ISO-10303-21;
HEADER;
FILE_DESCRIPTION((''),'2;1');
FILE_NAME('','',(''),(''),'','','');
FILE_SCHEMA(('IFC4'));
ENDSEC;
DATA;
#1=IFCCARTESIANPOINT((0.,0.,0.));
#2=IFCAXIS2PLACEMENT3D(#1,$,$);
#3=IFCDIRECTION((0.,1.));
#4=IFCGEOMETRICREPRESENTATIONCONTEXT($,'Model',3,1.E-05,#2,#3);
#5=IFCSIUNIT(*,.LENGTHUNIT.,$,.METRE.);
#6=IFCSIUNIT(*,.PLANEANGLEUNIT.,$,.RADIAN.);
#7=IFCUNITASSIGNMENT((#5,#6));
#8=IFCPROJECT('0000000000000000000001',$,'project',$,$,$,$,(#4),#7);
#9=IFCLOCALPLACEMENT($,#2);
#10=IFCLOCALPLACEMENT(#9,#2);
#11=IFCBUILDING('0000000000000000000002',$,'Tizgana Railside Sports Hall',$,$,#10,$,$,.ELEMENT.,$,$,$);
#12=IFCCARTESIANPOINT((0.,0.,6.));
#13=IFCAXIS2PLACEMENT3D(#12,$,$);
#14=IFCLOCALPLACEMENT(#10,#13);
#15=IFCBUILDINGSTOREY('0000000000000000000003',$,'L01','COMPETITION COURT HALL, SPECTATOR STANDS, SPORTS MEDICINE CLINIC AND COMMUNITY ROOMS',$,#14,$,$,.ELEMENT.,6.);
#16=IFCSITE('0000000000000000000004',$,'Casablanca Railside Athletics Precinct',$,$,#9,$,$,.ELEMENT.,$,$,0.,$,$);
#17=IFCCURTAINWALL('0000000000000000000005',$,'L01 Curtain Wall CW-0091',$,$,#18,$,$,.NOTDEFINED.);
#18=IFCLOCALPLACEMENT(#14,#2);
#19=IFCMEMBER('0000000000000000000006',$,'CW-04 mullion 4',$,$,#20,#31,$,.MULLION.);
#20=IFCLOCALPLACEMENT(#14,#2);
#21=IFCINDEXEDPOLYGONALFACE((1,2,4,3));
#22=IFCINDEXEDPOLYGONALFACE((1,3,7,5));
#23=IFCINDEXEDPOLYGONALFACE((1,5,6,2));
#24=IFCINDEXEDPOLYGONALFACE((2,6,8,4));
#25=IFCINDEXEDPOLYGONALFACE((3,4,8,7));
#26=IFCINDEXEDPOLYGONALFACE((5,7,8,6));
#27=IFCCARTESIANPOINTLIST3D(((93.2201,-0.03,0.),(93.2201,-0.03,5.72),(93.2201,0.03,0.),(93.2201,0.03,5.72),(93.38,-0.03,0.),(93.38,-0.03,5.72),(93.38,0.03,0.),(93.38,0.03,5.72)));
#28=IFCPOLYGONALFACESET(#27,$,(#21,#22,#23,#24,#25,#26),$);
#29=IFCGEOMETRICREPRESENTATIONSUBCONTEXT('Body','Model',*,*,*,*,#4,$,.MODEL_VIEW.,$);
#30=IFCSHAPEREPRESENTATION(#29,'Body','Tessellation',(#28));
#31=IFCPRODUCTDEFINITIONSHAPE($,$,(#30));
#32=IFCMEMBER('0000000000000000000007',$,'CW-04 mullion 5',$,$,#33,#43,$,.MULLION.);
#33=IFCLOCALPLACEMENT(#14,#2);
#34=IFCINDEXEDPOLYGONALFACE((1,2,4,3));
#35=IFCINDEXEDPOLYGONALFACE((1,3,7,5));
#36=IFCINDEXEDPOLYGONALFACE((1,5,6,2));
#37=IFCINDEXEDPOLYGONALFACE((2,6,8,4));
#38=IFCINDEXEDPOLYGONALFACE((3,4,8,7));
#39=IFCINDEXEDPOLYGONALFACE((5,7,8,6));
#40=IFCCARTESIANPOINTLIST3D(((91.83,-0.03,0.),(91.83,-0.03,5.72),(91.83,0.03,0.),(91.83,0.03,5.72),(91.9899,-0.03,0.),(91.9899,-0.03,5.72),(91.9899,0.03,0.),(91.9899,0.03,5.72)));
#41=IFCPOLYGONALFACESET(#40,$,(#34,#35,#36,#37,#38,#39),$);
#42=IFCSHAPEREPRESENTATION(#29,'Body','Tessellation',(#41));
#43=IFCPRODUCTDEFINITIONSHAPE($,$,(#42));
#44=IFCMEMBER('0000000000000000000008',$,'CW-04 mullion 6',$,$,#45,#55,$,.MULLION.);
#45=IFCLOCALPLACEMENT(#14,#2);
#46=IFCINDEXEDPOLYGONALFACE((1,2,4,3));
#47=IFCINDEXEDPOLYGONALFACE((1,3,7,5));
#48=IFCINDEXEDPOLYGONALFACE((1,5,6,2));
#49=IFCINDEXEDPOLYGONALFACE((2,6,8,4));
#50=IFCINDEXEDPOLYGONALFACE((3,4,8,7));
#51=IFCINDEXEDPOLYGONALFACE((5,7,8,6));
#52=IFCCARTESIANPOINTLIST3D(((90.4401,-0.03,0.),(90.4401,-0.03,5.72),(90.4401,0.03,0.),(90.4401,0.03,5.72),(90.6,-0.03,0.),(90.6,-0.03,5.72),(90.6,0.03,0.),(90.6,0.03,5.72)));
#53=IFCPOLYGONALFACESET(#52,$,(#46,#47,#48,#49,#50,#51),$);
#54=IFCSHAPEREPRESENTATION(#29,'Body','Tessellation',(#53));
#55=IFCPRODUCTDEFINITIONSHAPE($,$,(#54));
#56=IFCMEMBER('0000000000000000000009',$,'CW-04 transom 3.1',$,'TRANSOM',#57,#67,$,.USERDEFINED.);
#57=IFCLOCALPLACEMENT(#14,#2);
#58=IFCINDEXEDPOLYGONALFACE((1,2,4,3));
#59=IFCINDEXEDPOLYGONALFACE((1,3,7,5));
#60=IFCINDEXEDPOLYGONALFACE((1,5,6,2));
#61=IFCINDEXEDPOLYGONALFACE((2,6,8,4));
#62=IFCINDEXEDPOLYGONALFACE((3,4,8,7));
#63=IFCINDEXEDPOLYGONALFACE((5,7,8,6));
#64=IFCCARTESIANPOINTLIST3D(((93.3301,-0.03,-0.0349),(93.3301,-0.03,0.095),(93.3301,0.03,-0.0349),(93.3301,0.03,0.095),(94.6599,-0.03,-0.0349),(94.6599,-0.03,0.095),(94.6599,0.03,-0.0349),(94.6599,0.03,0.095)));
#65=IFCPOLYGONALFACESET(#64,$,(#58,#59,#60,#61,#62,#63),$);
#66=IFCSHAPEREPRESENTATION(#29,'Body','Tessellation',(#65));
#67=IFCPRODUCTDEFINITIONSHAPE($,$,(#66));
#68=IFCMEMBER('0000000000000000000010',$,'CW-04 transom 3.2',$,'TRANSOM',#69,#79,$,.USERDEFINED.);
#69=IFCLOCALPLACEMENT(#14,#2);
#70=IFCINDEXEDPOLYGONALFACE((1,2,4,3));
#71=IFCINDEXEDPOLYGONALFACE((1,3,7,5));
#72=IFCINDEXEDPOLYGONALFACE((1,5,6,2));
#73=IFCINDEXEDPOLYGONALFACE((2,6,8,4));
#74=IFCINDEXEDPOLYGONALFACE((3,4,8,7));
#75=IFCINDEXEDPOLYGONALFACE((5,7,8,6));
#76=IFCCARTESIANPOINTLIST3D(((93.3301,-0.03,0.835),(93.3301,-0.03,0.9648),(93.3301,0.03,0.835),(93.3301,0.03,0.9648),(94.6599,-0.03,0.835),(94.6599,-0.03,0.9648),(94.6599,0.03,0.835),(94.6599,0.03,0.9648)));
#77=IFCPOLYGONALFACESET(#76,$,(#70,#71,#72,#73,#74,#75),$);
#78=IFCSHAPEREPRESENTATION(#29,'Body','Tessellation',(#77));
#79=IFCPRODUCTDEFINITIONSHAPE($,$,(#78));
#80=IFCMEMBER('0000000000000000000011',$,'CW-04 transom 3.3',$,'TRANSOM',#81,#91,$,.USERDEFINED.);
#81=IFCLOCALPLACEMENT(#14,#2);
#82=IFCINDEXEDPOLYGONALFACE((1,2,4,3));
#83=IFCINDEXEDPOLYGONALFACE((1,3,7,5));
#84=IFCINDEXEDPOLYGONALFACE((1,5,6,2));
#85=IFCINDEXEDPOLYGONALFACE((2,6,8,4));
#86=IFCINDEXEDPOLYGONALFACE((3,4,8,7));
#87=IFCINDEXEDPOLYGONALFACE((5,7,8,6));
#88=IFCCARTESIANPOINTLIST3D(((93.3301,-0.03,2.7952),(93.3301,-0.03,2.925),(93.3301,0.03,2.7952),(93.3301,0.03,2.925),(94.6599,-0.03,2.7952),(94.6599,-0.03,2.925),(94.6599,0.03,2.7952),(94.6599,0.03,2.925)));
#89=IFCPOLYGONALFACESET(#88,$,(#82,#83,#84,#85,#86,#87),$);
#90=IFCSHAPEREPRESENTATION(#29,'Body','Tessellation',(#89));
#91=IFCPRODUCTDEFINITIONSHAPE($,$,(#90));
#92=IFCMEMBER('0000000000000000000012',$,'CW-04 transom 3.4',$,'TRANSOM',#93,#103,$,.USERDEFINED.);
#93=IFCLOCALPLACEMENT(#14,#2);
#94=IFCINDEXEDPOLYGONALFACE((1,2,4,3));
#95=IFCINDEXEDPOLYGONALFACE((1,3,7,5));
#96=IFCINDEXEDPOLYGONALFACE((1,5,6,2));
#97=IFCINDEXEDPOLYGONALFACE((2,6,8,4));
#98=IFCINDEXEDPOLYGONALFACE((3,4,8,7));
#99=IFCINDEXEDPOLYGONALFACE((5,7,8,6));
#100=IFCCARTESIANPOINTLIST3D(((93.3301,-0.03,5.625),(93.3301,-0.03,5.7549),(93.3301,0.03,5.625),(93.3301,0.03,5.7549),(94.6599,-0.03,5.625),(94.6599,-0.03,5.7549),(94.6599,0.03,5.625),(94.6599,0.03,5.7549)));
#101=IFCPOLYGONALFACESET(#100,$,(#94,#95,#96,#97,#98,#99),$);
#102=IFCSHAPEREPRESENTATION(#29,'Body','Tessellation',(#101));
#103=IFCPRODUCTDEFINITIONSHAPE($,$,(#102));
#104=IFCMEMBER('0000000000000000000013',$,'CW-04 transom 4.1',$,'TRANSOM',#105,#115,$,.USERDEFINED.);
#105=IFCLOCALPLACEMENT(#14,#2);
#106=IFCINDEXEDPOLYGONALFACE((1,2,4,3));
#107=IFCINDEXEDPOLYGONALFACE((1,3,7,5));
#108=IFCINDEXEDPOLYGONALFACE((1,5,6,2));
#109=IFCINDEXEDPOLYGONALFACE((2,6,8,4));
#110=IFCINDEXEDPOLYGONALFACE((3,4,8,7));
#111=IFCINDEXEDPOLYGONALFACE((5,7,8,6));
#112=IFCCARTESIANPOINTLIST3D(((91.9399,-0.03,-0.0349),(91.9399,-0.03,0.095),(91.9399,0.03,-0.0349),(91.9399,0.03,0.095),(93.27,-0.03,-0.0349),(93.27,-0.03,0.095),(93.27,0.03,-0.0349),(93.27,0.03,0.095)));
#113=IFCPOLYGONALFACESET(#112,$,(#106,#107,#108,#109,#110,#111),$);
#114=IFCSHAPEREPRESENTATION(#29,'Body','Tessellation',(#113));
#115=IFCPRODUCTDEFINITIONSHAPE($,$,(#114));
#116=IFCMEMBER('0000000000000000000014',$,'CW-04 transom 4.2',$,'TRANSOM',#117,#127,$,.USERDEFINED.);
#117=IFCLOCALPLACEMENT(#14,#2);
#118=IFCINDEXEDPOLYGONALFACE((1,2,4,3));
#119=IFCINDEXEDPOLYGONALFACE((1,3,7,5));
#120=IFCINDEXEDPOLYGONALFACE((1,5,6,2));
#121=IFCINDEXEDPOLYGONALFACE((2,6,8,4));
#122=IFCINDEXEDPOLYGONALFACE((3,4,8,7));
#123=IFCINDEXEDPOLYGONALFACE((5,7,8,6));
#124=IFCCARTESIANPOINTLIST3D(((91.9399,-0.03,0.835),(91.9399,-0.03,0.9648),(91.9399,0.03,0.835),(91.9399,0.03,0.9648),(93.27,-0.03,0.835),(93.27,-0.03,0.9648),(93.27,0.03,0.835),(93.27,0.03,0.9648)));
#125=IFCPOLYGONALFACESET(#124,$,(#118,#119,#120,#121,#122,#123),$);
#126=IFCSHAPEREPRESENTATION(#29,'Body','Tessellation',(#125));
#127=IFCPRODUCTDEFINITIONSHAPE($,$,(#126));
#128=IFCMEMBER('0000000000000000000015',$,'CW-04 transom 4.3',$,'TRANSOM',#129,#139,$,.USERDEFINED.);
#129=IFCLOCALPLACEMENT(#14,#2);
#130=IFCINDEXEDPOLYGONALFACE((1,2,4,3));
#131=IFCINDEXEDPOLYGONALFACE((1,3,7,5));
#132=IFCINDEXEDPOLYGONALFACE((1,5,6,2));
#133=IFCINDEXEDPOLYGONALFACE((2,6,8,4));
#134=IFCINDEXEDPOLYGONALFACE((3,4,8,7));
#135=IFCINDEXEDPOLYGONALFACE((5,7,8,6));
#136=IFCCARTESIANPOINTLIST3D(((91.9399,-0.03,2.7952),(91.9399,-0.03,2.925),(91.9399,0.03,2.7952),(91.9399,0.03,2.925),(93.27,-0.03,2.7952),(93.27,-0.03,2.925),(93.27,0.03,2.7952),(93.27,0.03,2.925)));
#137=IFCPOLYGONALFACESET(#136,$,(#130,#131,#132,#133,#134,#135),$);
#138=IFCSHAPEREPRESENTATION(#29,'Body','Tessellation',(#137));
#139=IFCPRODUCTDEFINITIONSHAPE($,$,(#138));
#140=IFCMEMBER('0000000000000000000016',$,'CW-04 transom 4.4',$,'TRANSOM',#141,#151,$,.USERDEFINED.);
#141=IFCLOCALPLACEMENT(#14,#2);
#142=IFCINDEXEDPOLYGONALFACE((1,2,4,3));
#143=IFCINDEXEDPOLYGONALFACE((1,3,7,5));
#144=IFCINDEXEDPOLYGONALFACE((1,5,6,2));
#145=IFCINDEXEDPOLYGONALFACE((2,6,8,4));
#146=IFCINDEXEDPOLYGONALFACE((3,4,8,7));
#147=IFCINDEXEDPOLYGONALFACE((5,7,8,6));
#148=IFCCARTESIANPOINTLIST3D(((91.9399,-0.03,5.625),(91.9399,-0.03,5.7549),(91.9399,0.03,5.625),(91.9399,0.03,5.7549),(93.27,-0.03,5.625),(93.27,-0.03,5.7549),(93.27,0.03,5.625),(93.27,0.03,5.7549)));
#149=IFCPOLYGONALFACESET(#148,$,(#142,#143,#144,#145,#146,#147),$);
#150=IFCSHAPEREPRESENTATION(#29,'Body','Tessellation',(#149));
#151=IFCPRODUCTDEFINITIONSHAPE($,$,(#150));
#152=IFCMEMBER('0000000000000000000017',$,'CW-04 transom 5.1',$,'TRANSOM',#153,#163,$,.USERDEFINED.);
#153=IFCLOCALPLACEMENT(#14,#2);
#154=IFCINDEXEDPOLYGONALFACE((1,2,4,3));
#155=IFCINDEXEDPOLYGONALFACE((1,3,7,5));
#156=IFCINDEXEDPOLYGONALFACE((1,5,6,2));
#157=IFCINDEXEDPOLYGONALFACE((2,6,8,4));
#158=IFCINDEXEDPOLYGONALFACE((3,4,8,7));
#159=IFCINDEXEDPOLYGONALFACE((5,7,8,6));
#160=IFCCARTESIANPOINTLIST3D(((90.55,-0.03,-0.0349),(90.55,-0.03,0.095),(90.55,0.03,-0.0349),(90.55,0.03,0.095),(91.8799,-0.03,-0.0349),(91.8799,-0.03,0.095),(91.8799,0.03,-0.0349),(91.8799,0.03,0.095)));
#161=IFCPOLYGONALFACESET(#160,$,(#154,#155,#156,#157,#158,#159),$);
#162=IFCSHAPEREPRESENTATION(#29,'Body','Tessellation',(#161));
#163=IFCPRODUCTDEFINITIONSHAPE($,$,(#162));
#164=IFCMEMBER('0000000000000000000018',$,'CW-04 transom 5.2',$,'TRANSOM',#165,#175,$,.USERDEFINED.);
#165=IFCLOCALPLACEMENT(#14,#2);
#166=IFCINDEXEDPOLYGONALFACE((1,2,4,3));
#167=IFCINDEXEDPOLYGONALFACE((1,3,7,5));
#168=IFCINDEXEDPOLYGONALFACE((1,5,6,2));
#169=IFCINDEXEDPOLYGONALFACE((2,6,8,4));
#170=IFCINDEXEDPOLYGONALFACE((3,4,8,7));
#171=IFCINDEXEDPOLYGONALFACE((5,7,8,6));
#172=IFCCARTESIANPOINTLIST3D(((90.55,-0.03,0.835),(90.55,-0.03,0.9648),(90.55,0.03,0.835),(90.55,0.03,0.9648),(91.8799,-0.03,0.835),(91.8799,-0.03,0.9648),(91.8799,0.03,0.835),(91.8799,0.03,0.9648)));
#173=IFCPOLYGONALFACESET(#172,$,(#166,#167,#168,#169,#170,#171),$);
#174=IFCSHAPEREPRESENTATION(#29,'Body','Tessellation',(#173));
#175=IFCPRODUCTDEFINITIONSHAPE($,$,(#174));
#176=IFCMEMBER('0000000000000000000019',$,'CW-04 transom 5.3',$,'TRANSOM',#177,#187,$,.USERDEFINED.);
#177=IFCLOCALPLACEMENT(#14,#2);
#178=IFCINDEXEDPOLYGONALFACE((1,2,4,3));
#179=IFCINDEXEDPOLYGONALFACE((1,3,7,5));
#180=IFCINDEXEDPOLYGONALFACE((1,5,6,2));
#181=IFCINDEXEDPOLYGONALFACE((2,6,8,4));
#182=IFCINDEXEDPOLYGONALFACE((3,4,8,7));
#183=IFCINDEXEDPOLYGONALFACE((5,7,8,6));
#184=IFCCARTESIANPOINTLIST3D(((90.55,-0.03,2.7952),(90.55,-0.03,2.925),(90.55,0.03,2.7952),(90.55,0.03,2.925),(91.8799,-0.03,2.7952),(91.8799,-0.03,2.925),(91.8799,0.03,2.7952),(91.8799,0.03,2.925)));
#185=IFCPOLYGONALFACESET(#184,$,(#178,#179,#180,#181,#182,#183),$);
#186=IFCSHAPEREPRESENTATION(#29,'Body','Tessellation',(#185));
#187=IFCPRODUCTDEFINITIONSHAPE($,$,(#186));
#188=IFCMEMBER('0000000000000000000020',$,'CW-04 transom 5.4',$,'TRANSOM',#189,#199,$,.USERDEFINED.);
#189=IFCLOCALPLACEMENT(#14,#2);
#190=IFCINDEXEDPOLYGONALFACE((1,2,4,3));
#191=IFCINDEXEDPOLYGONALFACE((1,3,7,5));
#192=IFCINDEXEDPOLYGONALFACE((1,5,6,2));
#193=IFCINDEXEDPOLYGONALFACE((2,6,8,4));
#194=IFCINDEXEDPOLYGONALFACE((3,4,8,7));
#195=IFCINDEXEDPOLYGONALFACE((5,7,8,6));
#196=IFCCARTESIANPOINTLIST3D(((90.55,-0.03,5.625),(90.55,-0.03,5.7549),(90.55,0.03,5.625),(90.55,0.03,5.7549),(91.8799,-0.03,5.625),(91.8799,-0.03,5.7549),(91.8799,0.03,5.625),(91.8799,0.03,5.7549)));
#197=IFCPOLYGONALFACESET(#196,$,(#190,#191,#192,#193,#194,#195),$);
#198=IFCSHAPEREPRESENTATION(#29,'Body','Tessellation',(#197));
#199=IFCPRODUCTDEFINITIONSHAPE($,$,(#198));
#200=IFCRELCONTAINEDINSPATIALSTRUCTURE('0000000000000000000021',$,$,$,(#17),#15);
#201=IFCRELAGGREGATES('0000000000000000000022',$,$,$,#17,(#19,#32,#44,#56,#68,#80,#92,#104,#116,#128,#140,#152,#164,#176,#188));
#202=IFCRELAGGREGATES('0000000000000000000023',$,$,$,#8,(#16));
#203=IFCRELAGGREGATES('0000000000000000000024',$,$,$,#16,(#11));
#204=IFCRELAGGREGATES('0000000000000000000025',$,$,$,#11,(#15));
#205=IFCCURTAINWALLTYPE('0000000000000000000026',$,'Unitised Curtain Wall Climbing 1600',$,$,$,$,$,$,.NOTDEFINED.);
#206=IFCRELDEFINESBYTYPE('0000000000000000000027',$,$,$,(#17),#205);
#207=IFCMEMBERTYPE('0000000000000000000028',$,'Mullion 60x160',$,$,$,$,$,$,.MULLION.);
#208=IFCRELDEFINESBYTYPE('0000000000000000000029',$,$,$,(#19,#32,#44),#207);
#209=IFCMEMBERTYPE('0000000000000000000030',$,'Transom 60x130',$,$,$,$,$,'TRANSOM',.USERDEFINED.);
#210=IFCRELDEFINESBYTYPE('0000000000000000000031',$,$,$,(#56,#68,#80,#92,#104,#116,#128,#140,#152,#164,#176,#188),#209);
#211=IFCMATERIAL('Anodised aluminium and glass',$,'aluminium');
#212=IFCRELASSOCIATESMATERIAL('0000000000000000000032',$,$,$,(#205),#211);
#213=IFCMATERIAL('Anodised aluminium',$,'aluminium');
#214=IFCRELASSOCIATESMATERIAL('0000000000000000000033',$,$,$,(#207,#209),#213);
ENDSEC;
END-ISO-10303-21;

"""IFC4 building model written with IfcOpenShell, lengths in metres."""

from ifc_helpers import new_model, si_unit, direction, frame, origin, origin_2d, place, context, subcontext, project, spatial, rectangle, extrude, material, material_profile, profile_set, type_object, element, aggregate, save


model = new_model("IFC4")

# Units and contexts
model_context = context("Model", 3, precision=1e-05, world=origin(), true_north=direction((0.0, 1.0)))
body_context = subcontext(model_context, "Body", "Model", "MODEL_VIEW")
ifc_project = project(units=[si_unit("LENGTHUNIT", "METRE"), si_unit("PLANEANGLEUNIT", "RADIAN")], contexts=[model_context])

# Site, building, storey
site_placement = place(None, origin())
site = spatial("IfcSite", under=ifc_project, at=site_placement, Name="Casablanca Railside Athletics Precinct", CompositionType="ELEMENT", RefElevation=0.0)
building_placement = place(site_placement, origin())
building = spatial("IfcBuilding", under=site, at=building_placement, Name="Tizgana Railside Sports Hall", CompositionType="ELEMENT")
storey_placement = place(building_placement, frame((0.0, 0.0, 6.0)))
storey = spatial("IfcBuildingStorey", under=building, at=storey_placement, Name="L01", Description="COMPETITION COURT HALL, SPECTATOR STANDS, SPORTS MEDICINE CLINIC AND COMMUNITY ROOMS", CompositionType="ELEMENT", Elevation=6.0)

# Curtain wall, members
ifc_material_1 = material(Name="Anodised aluminium and glass", Category="aluminium")
curtain_wall_type = type_object("IfcCurtainWallType", Name="Unitised Curtain Wall Climbing 1600", PredefinedType="NOTDEFINED", material=ifc_material_1)
curtain_wall_placement = place(storey_placement, origin())
curtain_wall = element("IfcCurtainWall", 1, at=curtain_wall_placement, inside=storey, type_object=curtain_wall_type, Name="L01 Curtain Wall CW-0091", PredefinedType="NOTDEFINED")
ifc_material_2 = material(Name="Anodised aluminium", Category="aluminium")
ifc_material_profile_1 = material_profile(ifc_material_2, rectangle(XDim=0.0601, YDim=0.1599, at=origin_2d()), Name="Mullion 60x160")
ifc_profile_set_1 = profile_set([ifc_material_profile_1], Name="Anodised aluminium")
member_type_1 = type_object("IfcMemberType", Name="Mullion 60x160", PredefinedType="MULLION", material=ifc_profile_set_1)
member_1_placement = place(storey_placement, frame((93.3, 0.0, 0.0), z_axis=(0.0, 0.0, 1.0), x_axis=(0.0, -1.0, 0.0)))
member_1 = element("IfcMember", 2, at=member_1_placement, type_object=member_type_1, Name="CW-04 mullion 4", PredefinedType="MULLION", context=body_context, shape_type="SweptSolid", body=[
    extrude(rectangle(XDim=0.0601, YDim=0.1599, at=origin_2d()), origin(), (0.0, 0.0, 1.0), 5.72),
])
member_2_placement = place(storey_placement, frame((91.9099, 0.0, 0.0), z_axis=(0.0, 0.0, 1.0), x_axis=(0.0, -1.0, 0.0)))
member_2 = element("IfcMember", 3, at=member_2_placement, type_object=member_type_1, Name="CW-04 mullion 5", PredefinedType="MULLION", context=body_context, shape_type="SweptSolid", body=[
    extrude(rectangle(XDim=0.0601, YDim=0.1599, at=origin_2d()), origin(), (0.0, 0.0, 1.0), 5.72),
])
member_3_placement = place(storey_placement, frame((90.52, 0.0, 0.0), z_axis=(0.0, 0.0, 1.0), x_axis=(0.0, -1.0, 0.0)))
member_3 = element("IfcMember", 4, at=member_3_placement, type_object=member_type_1, Name="CW-04 mullion 6", PredefinedType="MULLION", context=body_context, shape_type="SweptSolid", body=[
    extrude(rectangle(XDim=0.0601, YDim=0.1599, at=origin_2d()), origin(), (0.0, 0.0, 1.0), 5.72),
])
ifc_material_profile_2 = material_profile(ifc_material_2, rectangle(XDim=0.0601, YDim=0.1299, at=origin_2d()), Name="Transom 60x130")
ifc_profile_set_2 = profile_set([ifc_material_profile_2], Name="Anodised aluminium")
member_type_2 = type_object("IfcMemberType", Name="Transom 60x130", ElementType="TRANSOM", PredefinedType="USERDEFINED", material=ifc_profile_set_2)
member_4_placement = place(storey_placement, frame((94.6599, 0.0, 0.03), z_axis=(-1.0, 0.0, 0.0), x_axis=(0.0, -1.0, 0.0)))
member_4 = element("IfcMember", 5, at=member_4_placement, type_object=member_type_2, Name="CW-04 transom 3.1", ObjectType="TRANSOM", PredefinedType="USERDEFINED", context=body_context, shape_type="SweptSolid", body=[
    extrude(rectangle(XDim=0.0601, YDim=0.1299, at=origin_2d()), origin(), (0.0, 0.0, 1.0), 1.3298),
])
member_5_placement = place(storey_placement, frame((94.6599, 0.0, 0.8999), z_axis=(-1.0, 0.0, 0.0), x_axis=(0.0, -1.0, 0.0)))
member_5 = element("IfcMember", 6, at=member_5_placement, type_object=member_type_2, Name="CW-04 transom 3.2", ObjectType="TRANSOM", PredefinedType="USERDEFINED", context=body_context, shape_type="SweptSolid", body=[
    extrude(rectangle(XDim=0.0601, YDim=0.1299, at=origin_2d()), origin(), (0.0, 0.0, 1.0), 1.3298),
])
member_6_placement = place(storey_placement, frame((94.6599, 0.0, 2.8601), z_axis=(-1.0, 0.0, 0.0), x_axis=(0.0, -1.0, 0.0)))
member_6 = element("IfcMember", 7, at=member_6_placement, type_object=member_type_2, Name="CW-04 transom 3.3", ObjectType="TRANSOM", PredefinedType="USERDEFINED", context=body_context, shape_type="SweptSolid", body=[
    extrude(rectangle(XDim=0.0601, YDim=0.1299, at=origin_2d()), origin(), (0.0, 0.0, 1.0), 1.3298),
])
member_7_placement = place(storey_placement, frame((94.6599, 0.0, 5.6899), z_axis=(-1.0, 0.0, 0.0), x_axis=(0.0, -1.0, 0.0)))
member_7 = element("IfcMember", 8, at=member_7_placement, type_object=member_type_2, Name="CW-04 transom 3.4", ObjectType="TRANSOM", PredefinedType="USERDEFINED", context=body_context, shape_type="SweptSolid", body=[
    extrude(rectangle(XDim=0.0601, YDim=0.1299, at=origin_2d()), origin(), (0.0, 0.0, 1.0), 1.3298),
])
member_8_placement = place(storey_placement, frame((93.27, 0.0, 0.03), z_axis=(-1.0, 0.0, 0.0), x_axis=(0.0, -1.0, 0.0)))
member_8 = element("IfcMember", 9, at=member_8_placement, type_object=member_type_2, Name="CW-04 transom 4.1", ObjectType="TRANSOM", PredefinedType="USERDEFINED", context=body_context, shape_type="SweptSolid", body=[
    extrude(rectangle(XDim=0.0601, YDim=0.1299, at=origin_2d()), origin(), (0.0, 0.0, 1.0), 1.3301),
])
member_9_placement = place(storey_placement, frame((93.27, 0.0, 0.8999), z_axis=(-1.0, 0.0, 0.0), x_axis=(0.0, -1.0, 0.0)))
member_9 = element("IfcMember", 10, at=member_9_placement, type_object=member_type_2, Name="CW-04 transom 4.2", ObjectType="TRANSOM", PredefinedType="USERDEFINED", context=body_context, shape_type="SweptSolid", body=[
    extrude(rectangle(XDim=0.0601, YDim=0.1299, at=origin_2d()), origin(), (0.0, 0.0, 1.0), 1.3301),
])
member_10_placement = place(storey_placement, frame((93.27, 0.0, 2.8601), z_axis=(-1.0, 0.0, 0.0), x_axis=(0.0, -1.0, 0.0)))
member_10 = element("IfcMember", 11, at=member_10_placement, type_object=member_type_2, Name="CW-04 transom 4.3", ObjectType="TRANSOM", PredefinedType="USERDEFINED", context=body_context, shape_type="SweptSolid", body=[
    extrude(rectangle(XDim=0.0601, YDim=0.1299, at=origin_2d()), origin(), (0.0, 0.0, 1.0), 1.3301),
])
member_11_placement = place(storey_placement, frame((93.27, 0.0, 5.6899), z_axis=(-1.0, 0.0, 0.0), x_axis=(0.0, -1.0, 0.0)))
member_11 = element("IfcMember", 12, at=member_11_placement, type_object=member_type_2, Name="CW-04 transom 4.4", ObjectType="TRANSOM", PredefinedType="USERDEFINED", context=body_context, shape_type="SweptSolid", body=[
    extrude(rectangle(XDim=0.0601, YDim=0.1299, at=origin_2d()), origin(), (0.0, 0.0, 1.0), 1.3301),
])
member_12_placement = place(storey_placement, frame((91.8799, 0.0, 0.03), z_axis=(-1.0, 0.0, 0.0), x_axis=(0.0, -1.0, 0.0)))
member_12 = element("IfcMember", 13, at=member_12_placement, type_object=member_type_2, Name="CW-04 transom 5.1", ObjectType="TRANSOM", PredefinedType="USERDEFINED", context=body_context, shape_type="SweptSolid", body=[
    extrude(rectangle(XDim=0.0601, YDim=0.1299, at=origin_2d()), origin(), (0.0, 0.0, 1.0), 1.3298),
])
member_13_placement = place(storey_placement, frame((91.8799, 0.0, 0.8999), z_axis=(-1.0, 0.0, 0.0), x_axis=(0.0, -1.0, 0.0)))
member_13 = element("IfcMember", 14, at=member_13_placement, type_object=member_type_2, Name="CW-04 transom 5.2", ObjectType="TRANSOM", PredefinedType="USERDEFINED", context=body_context, shape_type="SweptSolid", body=[
    extrude(rectangle(XDim=0.0601, YDim=0.1299, at=origin_2d()), origin(), (0.0, 0.0, 1.0), 1.3298),
])
member_14_placement = place(storey_placement, frame((91.8799, 0.0, 2.8601), z_axis=(-1.0, 0.0, 0.0), x_axis=(0.0, -1.0, 0.0)))
member_14 = element("IfcMember", 15, at=member_14_placement, type_object=member_type_2, Name="CW-04 transom 5.3", ObjectType="TRANSOM", PredefinedType="USERDEFINED", context=body_context, shape_type="SweptSolid", body=[
    extrude(rectangle(XDim=0.0601, YDim=0.1299, at=origin_2d()), origin(), (0.0, 0.0, 1.0), 1.3298),
])
member_15_placement = place(storey_placement, frame((91.8799, 0.0, 5.6899), z_axis=(-1.0, 0.0, 0.0), x_axis=(0.0, -1.0, 0.0)))
member_15 = element("IfcMember", 16, at=member_15_placement, type_object=member_type_2, Name="CW-04 transom 5.4", ObjectType="TRANSOM", PredefinedType="USERDEFINED", context=body_context, shape_type="SweptSolid", body=[
    extrude(rectangle(XDim=0.0601, YDim=0.1299, at=origin_2d()), origin(), (0.0, 0.0, 1.0), 1.3298),
])
aggregate(curtain_wall, [member_1, member_2, member_3, member_4, member_5, member_6, member_7, member_8, member_9, member_10, member_11, member_12, member_13, member_14, member_15])

save(model, "model.ifc")
